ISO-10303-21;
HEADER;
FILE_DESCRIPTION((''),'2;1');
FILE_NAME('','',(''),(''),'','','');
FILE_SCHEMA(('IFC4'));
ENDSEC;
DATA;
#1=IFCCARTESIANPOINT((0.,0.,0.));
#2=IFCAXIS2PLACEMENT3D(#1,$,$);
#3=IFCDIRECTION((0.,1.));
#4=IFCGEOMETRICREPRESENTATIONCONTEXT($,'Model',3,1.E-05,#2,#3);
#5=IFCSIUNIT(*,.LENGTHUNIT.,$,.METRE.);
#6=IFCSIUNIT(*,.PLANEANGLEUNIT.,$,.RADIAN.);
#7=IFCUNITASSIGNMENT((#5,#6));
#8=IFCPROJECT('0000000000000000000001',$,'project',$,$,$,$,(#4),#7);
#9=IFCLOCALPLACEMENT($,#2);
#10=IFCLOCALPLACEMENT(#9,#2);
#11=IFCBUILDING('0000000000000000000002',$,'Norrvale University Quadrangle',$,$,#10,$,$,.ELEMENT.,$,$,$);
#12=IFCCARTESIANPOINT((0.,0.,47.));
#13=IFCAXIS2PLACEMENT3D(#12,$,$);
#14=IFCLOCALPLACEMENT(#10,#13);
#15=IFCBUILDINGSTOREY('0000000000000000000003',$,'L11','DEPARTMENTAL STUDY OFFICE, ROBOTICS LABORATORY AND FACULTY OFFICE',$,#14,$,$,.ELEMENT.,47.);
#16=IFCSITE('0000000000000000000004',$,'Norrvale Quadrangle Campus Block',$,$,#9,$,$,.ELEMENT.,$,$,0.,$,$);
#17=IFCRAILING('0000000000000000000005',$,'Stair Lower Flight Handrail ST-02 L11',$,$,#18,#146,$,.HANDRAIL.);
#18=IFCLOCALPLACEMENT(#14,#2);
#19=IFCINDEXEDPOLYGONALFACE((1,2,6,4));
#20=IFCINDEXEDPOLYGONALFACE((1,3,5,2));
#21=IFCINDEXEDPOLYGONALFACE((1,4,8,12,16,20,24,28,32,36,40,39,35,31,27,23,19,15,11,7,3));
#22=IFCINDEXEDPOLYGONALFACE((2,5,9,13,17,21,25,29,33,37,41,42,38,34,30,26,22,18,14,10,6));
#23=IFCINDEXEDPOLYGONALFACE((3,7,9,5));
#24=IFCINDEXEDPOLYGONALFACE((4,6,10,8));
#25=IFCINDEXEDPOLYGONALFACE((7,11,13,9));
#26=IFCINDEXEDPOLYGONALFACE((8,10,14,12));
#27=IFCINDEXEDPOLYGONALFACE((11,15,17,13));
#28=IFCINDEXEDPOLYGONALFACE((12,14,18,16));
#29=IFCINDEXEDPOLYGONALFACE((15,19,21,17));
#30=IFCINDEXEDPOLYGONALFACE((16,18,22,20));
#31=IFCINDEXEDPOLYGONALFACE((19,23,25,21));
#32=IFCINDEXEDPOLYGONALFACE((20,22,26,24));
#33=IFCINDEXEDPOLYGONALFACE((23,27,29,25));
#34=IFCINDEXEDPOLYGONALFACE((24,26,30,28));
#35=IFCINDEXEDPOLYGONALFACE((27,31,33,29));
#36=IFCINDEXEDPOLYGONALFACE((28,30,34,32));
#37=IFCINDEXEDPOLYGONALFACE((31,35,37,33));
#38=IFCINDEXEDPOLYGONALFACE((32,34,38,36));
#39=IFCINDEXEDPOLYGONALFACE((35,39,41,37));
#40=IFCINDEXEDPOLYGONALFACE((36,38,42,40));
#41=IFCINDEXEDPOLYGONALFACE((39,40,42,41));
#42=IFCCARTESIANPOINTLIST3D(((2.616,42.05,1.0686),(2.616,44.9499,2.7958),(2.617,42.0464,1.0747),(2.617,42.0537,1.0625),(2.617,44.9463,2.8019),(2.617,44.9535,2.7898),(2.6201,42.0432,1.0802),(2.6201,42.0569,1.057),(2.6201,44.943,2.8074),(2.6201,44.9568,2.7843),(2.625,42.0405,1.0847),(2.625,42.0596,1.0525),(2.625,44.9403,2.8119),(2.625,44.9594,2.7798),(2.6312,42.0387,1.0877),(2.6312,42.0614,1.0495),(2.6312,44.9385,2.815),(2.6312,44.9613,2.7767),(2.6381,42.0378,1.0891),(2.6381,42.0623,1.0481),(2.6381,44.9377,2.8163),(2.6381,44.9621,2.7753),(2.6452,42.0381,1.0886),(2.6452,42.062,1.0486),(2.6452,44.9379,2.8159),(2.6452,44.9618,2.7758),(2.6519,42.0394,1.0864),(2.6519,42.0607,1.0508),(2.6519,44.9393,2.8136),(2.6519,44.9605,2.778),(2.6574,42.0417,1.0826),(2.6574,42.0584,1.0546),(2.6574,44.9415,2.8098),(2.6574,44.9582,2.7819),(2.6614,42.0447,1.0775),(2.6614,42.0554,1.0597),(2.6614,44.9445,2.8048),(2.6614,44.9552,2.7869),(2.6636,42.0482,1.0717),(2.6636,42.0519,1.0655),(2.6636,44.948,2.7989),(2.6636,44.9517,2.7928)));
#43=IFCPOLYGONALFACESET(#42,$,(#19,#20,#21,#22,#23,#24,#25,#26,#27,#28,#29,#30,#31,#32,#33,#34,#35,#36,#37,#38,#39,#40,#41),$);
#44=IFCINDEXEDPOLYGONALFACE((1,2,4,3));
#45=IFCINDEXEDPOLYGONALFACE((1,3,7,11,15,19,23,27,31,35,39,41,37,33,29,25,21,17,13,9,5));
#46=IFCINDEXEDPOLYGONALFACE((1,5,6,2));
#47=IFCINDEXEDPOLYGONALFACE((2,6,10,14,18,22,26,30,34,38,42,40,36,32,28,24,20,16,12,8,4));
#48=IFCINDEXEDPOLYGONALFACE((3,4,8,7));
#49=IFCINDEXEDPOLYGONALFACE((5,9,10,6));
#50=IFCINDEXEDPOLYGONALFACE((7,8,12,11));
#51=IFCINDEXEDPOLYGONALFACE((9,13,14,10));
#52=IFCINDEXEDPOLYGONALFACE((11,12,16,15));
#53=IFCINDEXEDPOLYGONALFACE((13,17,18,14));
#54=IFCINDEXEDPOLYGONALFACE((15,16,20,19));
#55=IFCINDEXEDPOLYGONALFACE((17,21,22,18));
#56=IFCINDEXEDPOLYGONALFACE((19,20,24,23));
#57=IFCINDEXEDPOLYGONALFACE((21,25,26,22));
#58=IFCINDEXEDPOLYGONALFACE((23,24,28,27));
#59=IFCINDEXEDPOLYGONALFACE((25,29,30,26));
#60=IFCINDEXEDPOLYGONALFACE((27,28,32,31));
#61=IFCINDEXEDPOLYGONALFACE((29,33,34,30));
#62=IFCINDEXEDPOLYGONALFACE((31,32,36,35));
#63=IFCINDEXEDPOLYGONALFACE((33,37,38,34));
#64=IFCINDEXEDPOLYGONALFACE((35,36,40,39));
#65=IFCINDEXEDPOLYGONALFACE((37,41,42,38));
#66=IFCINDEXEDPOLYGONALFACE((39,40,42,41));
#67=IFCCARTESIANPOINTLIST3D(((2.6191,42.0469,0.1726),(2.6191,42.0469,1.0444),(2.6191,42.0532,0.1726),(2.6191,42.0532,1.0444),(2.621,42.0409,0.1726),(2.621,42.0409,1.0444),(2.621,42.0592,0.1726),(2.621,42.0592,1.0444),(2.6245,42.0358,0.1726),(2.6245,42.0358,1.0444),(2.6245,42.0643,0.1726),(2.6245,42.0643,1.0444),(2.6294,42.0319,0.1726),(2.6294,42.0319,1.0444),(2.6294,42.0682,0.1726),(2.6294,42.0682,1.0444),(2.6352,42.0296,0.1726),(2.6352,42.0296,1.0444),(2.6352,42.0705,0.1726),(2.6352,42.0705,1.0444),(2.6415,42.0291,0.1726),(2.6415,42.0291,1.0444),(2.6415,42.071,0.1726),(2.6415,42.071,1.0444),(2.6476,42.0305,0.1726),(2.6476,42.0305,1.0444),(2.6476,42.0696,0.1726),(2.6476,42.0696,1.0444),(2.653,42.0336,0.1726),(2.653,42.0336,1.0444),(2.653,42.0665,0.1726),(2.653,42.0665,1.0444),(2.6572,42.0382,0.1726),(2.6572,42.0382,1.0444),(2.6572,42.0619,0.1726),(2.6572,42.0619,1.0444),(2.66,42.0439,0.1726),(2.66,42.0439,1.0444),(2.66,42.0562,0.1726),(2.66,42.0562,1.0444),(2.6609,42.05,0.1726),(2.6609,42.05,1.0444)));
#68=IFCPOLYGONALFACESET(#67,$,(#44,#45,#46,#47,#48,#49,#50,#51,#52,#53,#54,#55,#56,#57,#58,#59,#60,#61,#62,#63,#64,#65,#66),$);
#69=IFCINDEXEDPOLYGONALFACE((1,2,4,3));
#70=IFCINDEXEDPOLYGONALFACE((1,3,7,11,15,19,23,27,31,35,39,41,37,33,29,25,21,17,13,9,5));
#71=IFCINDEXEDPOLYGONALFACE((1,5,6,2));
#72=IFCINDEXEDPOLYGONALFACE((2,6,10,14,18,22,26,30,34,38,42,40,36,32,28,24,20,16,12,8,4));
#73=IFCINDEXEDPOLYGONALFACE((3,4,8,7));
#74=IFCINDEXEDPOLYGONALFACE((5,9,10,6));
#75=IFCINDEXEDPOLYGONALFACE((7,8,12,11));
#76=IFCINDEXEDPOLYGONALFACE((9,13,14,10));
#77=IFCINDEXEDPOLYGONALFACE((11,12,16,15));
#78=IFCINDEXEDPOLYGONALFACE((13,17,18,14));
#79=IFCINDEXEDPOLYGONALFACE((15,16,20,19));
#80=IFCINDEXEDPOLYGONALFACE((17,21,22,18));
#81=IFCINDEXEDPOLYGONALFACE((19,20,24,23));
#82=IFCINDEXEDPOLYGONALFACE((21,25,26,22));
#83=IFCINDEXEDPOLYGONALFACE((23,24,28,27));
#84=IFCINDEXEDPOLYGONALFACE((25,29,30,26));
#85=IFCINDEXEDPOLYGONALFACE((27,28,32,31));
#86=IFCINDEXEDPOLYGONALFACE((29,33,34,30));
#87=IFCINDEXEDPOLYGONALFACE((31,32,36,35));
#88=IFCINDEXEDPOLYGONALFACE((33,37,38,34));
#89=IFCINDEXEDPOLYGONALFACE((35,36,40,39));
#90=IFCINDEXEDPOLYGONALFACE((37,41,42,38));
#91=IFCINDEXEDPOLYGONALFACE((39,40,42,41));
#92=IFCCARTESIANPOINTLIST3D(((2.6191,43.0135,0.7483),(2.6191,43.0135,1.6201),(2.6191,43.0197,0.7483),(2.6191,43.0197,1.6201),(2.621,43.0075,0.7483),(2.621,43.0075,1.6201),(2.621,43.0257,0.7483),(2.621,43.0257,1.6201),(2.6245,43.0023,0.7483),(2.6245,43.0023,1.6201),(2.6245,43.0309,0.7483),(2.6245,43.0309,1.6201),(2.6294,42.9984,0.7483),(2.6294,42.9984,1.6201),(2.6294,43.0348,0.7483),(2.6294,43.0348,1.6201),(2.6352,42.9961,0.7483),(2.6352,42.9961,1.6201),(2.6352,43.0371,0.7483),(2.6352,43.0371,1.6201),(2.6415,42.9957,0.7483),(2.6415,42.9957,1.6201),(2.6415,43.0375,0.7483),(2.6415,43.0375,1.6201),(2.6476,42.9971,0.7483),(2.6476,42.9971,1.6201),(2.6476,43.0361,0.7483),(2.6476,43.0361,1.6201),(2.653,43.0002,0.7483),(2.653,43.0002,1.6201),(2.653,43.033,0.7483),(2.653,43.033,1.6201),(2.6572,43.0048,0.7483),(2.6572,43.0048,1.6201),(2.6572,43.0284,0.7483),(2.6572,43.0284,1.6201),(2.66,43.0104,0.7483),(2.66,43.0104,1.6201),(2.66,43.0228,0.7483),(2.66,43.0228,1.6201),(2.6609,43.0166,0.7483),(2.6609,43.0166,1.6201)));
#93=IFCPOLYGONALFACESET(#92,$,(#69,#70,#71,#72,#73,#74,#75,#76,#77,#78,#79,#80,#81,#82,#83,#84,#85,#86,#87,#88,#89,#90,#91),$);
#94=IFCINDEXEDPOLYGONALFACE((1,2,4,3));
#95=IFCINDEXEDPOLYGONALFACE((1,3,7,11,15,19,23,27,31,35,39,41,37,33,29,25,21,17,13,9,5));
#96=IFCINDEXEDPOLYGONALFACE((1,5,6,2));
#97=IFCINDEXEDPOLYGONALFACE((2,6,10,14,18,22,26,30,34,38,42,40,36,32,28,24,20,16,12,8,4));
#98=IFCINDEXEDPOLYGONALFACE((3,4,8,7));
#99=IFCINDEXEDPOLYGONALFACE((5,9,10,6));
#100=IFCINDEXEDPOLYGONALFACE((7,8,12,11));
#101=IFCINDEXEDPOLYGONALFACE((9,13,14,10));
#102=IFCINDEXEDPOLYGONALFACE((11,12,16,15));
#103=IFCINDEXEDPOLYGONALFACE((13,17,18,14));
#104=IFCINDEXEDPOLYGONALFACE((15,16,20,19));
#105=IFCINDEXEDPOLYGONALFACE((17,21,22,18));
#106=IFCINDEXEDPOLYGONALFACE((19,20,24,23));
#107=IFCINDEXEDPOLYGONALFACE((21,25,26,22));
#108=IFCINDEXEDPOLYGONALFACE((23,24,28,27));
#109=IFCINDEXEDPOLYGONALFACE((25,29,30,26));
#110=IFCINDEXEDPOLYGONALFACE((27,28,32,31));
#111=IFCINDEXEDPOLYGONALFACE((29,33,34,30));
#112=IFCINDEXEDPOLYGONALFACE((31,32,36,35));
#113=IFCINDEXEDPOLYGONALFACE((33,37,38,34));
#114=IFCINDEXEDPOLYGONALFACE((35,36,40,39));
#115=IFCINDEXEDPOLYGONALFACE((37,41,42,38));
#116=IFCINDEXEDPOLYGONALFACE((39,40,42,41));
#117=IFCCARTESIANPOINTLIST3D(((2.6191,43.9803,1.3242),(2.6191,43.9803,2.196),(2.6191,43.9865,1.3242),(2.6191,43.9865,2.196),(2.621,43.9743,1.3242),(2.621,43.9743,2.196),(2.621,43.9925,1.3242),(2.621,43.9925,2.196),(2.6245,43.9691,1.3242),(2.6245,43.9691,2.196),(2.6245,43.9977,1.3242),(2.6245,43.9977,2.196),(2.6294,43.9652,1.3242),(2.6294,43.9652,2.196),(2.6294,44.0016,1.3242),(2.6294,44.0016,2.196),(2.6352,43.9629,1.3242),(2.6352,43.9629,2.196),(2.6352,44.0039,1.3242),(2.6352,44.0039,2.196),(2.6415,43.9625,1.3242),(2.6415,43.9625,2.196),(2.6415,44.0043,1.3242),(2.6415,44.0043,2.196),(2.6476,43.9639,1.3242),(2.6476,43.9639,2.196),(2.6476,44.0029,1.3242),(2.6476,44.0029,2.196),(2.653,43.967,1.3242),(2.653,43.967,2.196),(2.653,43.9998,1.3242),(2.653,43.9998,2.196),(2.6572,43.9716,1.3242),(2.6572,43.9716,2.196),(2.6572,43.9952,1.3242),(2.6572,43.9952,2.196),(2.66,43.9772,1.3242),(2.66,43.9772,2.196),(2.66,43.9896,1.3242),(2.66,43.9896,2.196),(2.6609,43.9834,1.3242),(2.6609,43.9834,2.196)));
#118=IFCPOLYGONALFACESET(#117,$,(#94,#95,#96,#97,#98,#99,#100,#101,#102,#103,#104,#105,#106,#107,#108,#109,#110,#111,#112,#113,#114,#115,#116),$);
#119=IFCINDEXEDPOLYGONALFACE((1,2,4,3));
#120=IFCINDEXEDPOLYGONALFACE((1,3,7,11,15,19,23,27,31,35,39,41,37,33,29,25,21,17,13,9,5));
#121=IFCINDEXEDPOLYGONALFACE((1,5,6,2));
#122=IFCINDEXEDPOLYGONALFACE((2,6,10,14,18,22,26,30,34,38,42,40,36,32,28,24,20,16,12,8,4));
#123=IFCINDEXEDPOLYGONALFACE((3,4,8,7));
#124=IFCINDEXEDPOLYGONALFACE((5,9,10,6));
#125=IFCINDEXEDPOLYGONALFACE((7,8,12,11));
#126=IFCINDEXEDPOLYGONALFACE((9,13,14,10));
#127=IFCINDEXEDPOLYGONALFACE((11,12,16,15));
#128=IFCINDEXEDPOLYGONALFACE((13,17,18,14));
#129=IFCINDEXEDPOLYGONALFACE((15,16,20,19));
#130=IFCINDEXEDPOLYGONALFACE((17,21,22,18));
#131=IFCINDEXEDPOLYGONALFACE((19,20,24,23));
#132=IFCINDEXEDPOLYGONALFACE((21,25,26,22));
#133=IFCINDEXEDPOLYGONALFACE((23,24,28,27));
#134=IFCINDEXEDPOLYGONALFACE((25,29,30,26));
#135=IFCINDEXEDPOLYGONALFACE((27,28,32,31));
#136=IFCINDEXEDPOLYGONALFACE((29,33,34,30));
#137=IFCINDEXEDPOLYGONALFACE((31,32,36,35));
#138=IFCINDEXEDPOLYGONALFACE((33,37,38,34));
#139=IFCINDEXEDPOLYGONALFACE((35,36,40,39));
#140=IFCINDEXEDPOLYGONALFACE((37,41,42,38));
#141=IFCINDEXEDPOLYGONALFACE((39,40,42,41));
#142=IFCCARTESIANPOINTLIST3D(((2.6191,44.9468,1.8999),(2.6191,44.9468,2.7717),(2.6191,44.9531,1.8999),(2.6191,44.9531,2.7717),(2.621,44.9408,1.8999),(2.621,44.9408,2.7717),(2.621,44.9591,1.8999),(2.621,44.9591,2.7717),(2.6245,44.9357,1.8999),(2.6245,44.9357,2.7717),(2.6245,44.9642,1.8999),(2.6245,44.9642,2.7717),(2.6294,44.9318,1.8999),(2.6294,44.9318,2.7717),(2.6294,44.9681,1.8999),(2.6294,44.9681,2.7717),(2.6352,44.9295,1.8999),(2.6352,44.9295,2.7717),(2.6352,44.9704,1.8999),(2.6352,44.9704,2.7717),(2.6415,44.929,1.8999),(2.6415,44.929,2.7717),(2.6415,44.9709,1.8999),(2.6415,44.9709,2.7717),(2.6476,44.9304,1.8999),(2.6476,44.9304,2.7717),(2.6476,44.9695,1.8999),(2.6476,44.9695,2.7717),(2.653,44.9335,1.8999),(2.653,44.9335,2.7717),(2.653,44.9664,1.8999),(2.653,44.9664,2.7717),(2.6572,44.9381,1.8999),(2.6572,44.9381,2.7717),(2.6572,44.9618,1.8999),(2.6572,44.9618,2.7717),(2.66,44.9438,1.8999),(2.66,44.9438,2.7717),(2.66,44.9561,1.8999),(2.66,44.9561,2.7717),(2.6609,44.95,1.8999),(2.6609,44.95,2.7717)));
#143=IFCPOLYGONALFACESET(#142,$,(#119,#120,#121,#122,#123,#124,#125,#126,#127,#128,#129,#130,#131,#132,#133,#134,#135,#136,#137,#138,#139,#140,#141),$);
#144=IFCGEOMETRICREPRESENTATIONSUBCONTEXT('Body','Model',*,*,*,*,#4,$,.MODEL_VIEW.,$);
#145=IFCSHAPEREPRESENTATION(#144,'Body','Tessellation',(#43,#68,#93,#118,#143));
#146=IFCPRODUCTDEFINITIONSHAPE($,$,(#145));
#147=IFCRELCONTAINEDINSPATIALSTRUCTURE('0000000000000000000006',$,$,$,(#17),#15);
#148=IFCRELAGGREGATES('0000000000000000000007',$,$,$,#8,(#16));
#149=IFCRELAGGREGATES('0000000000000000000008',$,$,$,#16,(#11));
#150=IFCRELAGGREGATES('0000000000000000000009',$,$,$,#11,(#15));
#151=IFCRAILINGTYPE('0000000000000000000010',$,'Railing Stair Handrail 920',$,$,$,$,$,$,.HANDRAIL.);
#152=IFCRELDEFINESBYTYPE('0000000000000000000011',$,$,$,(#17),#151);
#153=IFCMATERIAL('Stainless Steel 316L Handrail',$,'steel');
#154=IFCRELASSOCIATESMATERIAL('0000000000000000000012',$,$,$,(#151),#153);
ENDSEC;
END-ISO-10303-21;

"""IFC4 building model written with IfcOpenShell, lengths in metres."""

from ifc_helpers import new_model, si_unit, direction, frame, origin, origin_2d, place, context, subcontext, project, spatial, circle, extrude, material, type_object, element, save


model = new_model("IFC4")

# Units and contexts
model_context = context("Model", 3, precision=1e-05, world=origin(), true_north=direction((0.0, 1.0)))
body_context = subcontext(model_context, "Body", "Model", "MODEL_VIEW")
ifc_project = project(units=[si_unit("LENGTHUNIT", "METRE"), si_unit("PLANEANGLEUNIT", "RADIAN")], contexts=[model_context])

# Site, building, storey
site_placement = place(None, origin())
site = spatial("IfcSite", under=ifc_project, at=site_placement, Name="Norrvale Quadrangle Campus Block", CompositionType="ELEMENT", RefElevation=0.0)
building_placement = place(site_placement, origin())
building = spatial("IfcBuilding", under=site, at=building_placement, Name="Norrvale University Quadrangle", CompositionType="ELEMENT")
storey_placement = place(building_placement, frame((0.0, 0.0, 47.0)))
storey = spatial("IfcBuildingStorey", under=building, at=storey_placement, Name="L11", Description="DEPARTMENTAL STUDY OFFICE, ROBOTICS LABORATORY AND FACULTY OFFICE", CompositionType="ELEMENT", Elevation=47.0)

# Railing
ifc_material_1 = material(Name="Stainless Steel 316L Handrail", Category="steel")
railing_type_1 = type_object("IfcRailingType", Name="Railing Stair Handrail 920", PredefinedType="HANDRAIL", material=ifc_material_1)
railing_1_placement = place(storey_placement, frame((2.6399, 42.05, 0.1726)))
element("IfcRailing", 1, at=railing_1_placement, inside=storey, type_object=railing_type_1, Name="Stair Lower Flight Handrail ST-02 L11", PredefinedType="HANDRAIL", context=body_context, shape_type="SweptSolid", body=[
    extrude(circle(Radius=0.0239, at=origin_2d()), frame((0.0, 0.0, 0.896), z_axis=(0.0, 0.859141, 0.511738), x_axis=(-1.0, 0.0, 0.0)), (0.0, 0.0, 1.0), 3.3752),
    extrude(circle(Radius=0.021, at=origin_2d()), origin(), (0.0, 0.0, 1.0), 0.8718),
    extrude(circle(Radius=0.021, at=origin_2d()), frame((0.0, 0.9666, 0.5757)), (0.0, 0.0, 1.0), 0.8718),
    extrude(circle(Radius=0.021, at=origin_2d()), frame((0.0, 1.9333, 1.1516)), (0.0, 0.0, 1.0), 0.8718),
    extrude(circle(Radius=0.021, at=origin_2d()), frame((0.0, 2.8999, 1.7273)), (0.0, 0.0, 1.0), 0.8718),
])

save(model, "model.ifc")
